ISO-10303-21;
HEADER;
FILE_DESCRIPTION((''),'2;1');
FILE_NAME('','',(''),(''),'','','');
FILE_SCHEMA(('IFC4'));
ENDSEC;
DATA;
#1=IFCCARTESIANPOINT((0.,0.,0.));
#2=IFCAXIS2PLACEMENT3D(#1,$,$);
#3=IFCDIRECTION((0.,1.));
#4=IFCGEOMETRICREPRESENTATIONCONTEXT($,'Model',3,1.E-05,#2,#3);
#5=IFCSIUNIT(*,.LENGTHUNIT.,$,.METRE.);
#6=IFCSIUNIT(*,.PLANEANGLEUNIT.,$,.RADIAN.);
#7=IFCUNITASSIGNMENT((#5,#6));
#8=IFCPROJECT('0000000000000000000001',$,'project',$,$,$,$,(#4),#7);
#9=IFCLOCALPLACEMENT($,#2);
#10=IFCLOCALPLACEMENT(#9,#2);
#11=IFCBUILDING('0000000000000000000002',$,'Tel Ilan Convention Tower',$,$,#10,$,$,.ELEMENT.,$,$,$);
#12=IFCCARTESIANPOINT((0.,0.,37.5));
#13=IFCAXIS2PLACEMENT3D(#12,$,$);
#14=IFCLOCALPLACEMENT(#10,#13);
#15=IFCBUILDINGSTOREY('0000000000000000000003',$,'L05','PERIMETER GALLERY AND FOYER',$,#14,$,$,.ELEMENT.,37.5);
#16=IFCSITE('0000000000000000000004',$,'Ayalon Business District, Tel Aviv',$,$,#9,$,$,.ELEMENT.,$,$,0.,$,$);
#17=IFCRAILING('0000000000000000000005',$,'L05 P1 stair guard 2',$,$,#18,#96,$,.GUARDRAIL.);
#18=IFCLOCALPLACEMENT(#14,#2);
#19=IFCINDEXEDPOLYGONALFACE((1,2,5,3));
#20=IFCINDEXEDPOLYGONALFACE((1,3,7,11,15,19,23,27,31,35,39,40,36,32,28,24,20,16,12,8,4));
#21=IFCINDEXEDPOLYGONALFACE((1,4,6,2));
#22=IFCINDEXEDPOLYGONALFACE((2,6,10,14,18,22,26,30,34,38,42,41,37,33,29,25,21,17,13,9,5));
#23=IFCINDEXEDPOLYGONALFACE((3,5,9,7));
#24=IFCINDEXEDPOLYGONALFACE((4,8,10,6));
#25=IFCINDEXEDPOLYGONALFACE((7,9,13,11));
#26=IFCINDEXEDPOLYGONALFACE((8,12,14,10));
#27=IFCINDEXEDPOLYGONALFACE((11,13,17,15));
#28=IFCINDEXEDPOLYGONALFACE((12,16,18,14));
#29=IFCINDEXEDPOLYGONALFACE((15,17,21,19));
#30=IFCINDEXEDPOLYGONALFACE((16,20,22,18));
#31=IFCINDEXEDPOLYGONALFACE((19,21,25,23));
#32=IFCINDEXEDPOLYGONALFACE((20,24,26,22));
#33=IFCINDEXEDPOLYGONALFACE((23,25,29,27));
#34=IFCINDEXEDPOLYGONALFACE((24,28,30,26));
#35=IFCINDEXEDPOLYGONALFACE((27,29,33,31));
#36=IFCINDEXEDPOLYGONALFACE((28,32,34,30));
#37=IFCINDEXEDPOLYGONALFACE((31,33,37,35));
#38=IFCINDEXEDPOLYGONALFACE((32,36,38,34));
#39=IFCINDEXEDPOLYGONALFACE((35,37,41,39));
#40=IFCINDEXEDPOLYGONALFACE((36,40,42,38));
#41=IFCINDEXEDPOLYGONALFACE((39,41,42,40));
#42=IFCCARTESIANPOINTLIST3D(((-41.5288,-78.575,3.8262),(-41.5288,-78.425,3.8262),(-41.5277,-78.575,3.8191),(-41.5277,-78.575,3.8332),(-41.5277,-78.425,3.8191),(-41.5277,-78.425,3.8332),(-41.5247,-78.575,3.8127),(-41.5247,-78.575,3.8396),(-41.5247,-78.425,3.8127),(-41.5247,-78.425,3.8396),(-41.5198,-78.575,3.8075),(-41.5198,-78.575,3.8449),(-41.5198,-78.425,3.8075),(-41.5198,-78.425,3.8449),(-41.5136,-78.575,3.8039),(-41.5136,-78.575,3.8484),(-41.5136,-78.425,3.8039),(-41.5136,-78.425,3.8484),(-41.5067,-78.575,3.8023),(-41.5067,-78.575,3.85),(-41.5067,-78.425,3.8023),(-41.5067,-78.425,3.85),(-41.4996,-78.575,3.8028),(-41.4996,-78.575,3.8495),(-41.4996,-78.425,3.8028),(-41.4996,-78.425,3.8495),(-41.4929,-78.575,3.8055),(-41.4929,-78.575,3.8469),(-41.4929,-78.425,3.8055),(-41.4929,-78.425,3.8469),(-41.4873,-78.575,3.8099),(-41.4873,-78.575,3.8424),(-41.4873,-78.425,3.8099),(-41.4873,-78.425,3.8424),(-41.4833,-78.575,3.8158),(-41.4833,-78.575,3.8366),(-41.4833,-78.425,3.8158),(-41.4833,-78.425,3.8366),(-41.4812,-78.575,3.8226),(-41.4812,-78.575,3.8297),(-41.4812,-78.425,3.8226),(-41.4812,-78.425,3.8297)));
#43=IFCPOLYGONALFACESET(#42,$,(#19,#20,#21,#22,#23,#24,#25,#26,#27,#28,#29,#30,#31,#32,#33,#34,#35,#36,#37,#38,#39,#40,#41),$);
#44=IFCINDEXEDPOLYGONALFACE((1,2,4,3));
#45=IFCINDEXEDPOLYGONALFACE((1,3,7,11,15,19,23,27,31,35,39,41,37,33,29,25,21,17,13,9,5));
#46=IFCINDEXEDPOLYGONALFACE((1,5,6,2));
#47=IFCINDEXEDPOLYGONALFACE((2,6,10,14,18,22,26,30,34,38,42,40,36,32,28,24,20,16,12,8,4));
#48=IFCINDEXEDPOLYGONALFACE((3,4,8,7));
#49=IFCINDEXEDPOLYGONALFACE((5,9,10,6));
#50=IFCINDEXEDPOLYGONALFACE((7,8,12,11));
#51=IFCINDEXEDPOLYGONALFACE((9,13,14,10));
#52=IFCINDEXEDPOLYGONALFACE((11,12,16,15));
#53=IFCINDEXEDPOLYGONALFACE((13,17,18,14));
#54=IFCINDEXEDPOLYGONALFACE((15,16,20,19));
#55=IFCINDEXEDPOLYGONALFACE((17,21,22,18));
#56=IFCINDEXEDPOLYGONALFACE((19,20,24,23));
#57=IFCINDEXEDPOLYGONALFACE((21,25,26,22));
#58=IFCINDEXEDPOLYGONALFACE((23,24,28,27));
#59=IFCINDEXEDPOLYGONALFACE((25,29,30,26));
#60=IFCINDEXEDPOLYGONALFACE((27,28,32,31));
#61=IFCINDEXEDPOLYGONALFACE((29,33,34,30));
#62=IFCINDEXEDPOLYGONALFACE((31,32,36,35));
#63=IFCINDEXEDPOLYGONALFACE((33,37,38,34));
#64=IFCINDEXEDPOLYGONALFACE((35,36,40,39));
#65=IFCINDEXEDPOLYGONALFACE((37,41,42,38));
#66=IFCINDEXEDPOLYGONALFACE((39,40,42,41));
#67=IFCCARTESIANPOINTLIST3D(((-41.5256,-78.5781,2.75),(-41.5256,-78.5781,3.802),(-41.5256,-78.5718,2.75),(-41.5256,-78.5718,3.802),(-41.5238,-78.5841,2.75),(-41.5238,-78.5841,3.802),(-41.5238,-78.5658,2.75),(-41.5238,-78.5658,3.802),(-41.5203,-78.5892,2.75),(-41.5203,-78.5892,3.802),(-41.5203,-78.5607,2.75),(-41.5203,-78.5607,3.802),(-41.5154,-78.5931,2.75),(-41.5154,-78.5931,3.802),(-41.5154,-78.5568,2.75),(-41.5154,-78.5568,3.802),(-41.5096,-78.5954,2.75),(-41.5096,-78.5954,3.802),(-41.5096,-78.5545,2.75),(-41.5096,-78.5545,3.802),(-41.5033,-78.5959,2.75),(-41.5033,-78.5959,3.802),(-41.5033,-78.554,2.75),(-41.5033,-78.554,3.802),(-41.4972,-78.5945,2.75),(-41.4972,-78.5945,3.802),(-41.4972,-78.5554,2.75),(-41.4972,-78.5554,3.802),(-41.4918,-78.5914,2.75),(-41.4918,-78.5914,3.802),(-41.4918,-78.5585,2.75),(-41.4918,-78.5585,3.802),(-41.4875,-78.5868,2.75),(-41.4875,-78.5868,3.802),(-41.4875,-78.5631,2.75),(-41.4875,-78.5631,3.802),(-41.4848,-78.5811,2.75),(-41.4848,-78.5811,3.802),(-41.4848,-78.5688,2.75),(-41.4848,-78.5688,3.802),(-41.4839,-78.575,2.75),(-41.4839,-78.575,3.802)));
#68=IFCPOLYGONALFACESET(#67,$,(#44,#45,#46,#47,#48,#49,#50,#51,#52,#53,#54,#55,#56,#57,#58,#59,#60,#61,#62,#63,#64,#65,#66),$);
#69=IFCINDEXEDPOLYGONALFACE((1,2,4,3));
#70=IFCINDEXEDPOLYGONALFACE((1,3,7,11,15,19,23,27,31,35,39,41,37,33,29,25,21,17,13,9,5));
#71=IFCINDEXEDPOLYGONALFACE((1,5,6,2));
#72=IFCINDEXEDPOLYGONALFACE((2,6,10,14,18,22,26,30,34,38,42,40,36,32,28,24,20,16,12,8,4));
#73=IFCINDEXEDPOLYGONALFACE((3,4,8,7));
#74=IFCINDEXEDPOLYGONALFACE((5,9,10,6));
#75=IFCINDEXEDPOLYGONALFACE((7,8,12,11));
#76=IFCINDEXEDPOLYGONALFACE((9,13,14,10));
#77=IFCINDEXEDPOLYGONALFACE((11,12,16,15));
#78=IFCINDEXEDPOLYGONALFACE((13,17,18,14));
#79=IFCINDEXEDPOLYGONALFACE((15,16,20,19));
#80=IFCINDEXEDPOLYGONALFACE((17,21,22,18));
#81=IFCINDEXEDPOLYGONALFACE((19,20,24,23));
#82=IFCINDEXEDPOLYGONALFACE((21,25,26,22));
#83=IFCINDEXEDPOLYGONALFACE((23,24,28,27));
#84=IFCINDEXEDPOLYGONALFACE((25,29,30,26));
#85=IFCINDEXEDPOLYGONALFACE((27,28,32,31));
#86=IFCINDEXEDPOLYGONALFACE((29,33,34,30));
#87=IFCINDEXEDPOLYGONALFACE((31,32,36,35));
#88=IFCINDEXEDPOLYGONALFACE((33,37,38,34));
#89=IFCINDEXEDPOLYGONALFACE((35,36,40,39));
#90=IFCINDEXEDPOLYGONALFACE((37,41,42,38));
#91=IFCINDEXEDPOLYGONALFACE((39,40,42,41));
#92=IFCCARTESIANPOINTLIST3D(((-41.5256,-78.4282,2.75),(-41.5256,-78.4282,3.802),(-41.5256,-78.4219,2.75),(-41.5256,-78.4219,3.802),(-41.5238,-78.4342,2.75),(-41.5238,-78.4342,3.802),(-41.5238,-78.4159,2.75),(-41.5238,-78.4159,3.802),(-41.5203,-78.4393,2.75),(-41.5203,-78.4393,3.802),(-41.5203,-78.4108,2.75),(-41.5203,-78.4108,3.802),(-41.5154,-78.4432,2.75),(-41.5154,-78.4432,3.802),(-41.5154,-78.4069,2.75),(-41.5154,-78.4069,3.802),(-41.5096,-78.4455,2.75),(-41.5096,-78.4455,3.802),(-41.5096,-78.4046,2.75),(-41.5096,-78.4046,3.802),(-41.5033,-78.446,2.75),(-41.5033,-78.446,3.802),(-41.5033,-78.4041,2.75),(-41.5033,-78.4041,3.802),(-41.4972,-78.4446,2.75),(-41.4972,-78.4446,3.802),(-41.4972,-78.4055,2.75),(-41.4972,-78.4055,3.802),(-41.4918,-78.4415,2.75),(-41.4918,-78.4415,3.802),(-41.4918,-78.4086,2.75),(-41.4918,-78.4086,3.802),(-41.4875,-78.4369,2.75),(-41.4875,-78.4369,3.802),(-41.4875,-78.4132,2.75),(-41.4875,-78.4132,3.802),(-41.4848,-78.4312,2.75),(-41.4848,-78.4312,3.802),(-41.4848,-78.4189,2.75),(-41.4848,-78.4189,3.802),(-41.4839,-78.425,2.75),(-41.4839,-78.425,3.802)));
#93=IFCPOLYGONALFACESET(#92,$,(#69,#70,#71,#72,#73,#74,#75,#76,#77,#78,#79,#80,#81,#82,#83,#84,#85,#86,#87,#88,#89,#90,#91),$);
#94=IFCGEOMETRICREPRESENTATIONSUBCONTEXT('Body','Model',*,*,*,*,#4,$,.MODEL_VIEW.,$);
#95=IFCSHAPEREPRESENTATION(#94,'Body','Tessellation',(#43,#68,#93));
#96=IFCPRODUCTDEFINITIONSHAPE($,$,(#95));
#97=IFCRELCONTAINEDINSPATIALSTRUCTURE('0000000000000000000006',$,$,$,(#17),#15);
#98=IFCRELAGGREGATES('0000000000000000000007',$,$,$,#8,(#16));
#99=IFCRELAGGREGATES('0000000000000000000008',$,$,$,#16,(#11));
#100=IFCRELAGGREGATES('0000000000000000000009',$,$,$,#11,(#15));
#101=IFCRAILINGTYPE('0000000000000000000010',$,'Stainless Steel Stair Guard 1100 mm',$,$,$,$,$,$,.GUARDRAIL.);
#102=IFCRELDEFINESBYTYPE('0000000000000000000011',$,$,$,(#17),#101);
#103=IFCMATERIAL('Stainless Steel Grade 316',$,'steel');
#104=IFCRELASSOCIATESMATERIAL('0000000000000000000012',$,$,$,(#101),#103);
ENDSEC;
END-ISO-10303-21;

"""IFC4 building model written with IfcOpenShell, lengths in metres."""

from ifc_helpers import new_model, si_unit, direction, frame, origin, origin_2d, place, context, subcontext, project, spatial, circle, extrude, material, type_object, element, save


model = new_model("IFC4")

# Units and contexts
model_context = context("Model", 3, precision=1e-05, world=origin(), true_north=direction((0.0, 1.0)))
body_context = subcontext(model_context, "Body", "Model", "MODEL_VIEW")
ifc_project = project(units=[si_unit("LENGTHUNIT", "METRE"), si_unit("PLANEANGLEUNIT", "RADIAN")], contexts=[model_context])

# Site, building, storey
site_placement = place(None, origin())
site = spatial("IfcSite", under=ifc_project, at=site_placement, Name="Ayalon Business District, Tel Aviv", CompositionType="ELEMENT", RefElevation=0.0)
building_placement = place(site_placement, origin())
building = spatial("IfcBuilding", under=site, at=building_placement, Name="Tel Ilan Convention Tower", CompositionType="ELEMENT")
storey_placement = place(building_placement, frame((0.0, 0.0, 37.5)))
storey = spatial("IfcBuildingStorey", under=building, at=storey_placement, Name="L05", Description="PERIMETER GALLERY AND FOYER", CompositionType="ELEMENT", Elevation=37.5)

# Railing
ifc_material_1 = material(Name="Stainless Steel Grade 316", Category="steel")
railing_type_1 = type_object("IfcRailingType", Name="Stainless Steel Stair Guard 1100 mm", PredefinedType="GUARDRAIL", material=ifc_material_1)
railing_1_placement = place(storey_placement, frame((-41.5049, -78.575, 2.75)))
element("IfcRailing", 1, at=railing_1_placement, inside=storey, type_object=railing_type_1, Name="L05 P1 stair guard 2", PredefinedType="GUARDRAIL", context=body_context, shape_type="SweptSolid", body=[
    extrude(circle(Radius=0.0239, at=origin_2d()), frame((0.0, 0.0, 1.0762), z_axis=(0.0, 1.0, 0.0), x_axis=(-1.0, 0.0, 0.0)), (0.0, 0.0, 1.0), 0.1499),
    extrude(circle(Radius=0.021, at=origin_2d()), origin(), (0.0, 0.0, 1.0), 1.052),
    extrude(circle(Radius=0.021, at=origin_2d()), frame((0.0, 0.1499, 0.0)), (0.0, 0.0, 1.0), 1.052),
])

save(model, "model.ifc")
